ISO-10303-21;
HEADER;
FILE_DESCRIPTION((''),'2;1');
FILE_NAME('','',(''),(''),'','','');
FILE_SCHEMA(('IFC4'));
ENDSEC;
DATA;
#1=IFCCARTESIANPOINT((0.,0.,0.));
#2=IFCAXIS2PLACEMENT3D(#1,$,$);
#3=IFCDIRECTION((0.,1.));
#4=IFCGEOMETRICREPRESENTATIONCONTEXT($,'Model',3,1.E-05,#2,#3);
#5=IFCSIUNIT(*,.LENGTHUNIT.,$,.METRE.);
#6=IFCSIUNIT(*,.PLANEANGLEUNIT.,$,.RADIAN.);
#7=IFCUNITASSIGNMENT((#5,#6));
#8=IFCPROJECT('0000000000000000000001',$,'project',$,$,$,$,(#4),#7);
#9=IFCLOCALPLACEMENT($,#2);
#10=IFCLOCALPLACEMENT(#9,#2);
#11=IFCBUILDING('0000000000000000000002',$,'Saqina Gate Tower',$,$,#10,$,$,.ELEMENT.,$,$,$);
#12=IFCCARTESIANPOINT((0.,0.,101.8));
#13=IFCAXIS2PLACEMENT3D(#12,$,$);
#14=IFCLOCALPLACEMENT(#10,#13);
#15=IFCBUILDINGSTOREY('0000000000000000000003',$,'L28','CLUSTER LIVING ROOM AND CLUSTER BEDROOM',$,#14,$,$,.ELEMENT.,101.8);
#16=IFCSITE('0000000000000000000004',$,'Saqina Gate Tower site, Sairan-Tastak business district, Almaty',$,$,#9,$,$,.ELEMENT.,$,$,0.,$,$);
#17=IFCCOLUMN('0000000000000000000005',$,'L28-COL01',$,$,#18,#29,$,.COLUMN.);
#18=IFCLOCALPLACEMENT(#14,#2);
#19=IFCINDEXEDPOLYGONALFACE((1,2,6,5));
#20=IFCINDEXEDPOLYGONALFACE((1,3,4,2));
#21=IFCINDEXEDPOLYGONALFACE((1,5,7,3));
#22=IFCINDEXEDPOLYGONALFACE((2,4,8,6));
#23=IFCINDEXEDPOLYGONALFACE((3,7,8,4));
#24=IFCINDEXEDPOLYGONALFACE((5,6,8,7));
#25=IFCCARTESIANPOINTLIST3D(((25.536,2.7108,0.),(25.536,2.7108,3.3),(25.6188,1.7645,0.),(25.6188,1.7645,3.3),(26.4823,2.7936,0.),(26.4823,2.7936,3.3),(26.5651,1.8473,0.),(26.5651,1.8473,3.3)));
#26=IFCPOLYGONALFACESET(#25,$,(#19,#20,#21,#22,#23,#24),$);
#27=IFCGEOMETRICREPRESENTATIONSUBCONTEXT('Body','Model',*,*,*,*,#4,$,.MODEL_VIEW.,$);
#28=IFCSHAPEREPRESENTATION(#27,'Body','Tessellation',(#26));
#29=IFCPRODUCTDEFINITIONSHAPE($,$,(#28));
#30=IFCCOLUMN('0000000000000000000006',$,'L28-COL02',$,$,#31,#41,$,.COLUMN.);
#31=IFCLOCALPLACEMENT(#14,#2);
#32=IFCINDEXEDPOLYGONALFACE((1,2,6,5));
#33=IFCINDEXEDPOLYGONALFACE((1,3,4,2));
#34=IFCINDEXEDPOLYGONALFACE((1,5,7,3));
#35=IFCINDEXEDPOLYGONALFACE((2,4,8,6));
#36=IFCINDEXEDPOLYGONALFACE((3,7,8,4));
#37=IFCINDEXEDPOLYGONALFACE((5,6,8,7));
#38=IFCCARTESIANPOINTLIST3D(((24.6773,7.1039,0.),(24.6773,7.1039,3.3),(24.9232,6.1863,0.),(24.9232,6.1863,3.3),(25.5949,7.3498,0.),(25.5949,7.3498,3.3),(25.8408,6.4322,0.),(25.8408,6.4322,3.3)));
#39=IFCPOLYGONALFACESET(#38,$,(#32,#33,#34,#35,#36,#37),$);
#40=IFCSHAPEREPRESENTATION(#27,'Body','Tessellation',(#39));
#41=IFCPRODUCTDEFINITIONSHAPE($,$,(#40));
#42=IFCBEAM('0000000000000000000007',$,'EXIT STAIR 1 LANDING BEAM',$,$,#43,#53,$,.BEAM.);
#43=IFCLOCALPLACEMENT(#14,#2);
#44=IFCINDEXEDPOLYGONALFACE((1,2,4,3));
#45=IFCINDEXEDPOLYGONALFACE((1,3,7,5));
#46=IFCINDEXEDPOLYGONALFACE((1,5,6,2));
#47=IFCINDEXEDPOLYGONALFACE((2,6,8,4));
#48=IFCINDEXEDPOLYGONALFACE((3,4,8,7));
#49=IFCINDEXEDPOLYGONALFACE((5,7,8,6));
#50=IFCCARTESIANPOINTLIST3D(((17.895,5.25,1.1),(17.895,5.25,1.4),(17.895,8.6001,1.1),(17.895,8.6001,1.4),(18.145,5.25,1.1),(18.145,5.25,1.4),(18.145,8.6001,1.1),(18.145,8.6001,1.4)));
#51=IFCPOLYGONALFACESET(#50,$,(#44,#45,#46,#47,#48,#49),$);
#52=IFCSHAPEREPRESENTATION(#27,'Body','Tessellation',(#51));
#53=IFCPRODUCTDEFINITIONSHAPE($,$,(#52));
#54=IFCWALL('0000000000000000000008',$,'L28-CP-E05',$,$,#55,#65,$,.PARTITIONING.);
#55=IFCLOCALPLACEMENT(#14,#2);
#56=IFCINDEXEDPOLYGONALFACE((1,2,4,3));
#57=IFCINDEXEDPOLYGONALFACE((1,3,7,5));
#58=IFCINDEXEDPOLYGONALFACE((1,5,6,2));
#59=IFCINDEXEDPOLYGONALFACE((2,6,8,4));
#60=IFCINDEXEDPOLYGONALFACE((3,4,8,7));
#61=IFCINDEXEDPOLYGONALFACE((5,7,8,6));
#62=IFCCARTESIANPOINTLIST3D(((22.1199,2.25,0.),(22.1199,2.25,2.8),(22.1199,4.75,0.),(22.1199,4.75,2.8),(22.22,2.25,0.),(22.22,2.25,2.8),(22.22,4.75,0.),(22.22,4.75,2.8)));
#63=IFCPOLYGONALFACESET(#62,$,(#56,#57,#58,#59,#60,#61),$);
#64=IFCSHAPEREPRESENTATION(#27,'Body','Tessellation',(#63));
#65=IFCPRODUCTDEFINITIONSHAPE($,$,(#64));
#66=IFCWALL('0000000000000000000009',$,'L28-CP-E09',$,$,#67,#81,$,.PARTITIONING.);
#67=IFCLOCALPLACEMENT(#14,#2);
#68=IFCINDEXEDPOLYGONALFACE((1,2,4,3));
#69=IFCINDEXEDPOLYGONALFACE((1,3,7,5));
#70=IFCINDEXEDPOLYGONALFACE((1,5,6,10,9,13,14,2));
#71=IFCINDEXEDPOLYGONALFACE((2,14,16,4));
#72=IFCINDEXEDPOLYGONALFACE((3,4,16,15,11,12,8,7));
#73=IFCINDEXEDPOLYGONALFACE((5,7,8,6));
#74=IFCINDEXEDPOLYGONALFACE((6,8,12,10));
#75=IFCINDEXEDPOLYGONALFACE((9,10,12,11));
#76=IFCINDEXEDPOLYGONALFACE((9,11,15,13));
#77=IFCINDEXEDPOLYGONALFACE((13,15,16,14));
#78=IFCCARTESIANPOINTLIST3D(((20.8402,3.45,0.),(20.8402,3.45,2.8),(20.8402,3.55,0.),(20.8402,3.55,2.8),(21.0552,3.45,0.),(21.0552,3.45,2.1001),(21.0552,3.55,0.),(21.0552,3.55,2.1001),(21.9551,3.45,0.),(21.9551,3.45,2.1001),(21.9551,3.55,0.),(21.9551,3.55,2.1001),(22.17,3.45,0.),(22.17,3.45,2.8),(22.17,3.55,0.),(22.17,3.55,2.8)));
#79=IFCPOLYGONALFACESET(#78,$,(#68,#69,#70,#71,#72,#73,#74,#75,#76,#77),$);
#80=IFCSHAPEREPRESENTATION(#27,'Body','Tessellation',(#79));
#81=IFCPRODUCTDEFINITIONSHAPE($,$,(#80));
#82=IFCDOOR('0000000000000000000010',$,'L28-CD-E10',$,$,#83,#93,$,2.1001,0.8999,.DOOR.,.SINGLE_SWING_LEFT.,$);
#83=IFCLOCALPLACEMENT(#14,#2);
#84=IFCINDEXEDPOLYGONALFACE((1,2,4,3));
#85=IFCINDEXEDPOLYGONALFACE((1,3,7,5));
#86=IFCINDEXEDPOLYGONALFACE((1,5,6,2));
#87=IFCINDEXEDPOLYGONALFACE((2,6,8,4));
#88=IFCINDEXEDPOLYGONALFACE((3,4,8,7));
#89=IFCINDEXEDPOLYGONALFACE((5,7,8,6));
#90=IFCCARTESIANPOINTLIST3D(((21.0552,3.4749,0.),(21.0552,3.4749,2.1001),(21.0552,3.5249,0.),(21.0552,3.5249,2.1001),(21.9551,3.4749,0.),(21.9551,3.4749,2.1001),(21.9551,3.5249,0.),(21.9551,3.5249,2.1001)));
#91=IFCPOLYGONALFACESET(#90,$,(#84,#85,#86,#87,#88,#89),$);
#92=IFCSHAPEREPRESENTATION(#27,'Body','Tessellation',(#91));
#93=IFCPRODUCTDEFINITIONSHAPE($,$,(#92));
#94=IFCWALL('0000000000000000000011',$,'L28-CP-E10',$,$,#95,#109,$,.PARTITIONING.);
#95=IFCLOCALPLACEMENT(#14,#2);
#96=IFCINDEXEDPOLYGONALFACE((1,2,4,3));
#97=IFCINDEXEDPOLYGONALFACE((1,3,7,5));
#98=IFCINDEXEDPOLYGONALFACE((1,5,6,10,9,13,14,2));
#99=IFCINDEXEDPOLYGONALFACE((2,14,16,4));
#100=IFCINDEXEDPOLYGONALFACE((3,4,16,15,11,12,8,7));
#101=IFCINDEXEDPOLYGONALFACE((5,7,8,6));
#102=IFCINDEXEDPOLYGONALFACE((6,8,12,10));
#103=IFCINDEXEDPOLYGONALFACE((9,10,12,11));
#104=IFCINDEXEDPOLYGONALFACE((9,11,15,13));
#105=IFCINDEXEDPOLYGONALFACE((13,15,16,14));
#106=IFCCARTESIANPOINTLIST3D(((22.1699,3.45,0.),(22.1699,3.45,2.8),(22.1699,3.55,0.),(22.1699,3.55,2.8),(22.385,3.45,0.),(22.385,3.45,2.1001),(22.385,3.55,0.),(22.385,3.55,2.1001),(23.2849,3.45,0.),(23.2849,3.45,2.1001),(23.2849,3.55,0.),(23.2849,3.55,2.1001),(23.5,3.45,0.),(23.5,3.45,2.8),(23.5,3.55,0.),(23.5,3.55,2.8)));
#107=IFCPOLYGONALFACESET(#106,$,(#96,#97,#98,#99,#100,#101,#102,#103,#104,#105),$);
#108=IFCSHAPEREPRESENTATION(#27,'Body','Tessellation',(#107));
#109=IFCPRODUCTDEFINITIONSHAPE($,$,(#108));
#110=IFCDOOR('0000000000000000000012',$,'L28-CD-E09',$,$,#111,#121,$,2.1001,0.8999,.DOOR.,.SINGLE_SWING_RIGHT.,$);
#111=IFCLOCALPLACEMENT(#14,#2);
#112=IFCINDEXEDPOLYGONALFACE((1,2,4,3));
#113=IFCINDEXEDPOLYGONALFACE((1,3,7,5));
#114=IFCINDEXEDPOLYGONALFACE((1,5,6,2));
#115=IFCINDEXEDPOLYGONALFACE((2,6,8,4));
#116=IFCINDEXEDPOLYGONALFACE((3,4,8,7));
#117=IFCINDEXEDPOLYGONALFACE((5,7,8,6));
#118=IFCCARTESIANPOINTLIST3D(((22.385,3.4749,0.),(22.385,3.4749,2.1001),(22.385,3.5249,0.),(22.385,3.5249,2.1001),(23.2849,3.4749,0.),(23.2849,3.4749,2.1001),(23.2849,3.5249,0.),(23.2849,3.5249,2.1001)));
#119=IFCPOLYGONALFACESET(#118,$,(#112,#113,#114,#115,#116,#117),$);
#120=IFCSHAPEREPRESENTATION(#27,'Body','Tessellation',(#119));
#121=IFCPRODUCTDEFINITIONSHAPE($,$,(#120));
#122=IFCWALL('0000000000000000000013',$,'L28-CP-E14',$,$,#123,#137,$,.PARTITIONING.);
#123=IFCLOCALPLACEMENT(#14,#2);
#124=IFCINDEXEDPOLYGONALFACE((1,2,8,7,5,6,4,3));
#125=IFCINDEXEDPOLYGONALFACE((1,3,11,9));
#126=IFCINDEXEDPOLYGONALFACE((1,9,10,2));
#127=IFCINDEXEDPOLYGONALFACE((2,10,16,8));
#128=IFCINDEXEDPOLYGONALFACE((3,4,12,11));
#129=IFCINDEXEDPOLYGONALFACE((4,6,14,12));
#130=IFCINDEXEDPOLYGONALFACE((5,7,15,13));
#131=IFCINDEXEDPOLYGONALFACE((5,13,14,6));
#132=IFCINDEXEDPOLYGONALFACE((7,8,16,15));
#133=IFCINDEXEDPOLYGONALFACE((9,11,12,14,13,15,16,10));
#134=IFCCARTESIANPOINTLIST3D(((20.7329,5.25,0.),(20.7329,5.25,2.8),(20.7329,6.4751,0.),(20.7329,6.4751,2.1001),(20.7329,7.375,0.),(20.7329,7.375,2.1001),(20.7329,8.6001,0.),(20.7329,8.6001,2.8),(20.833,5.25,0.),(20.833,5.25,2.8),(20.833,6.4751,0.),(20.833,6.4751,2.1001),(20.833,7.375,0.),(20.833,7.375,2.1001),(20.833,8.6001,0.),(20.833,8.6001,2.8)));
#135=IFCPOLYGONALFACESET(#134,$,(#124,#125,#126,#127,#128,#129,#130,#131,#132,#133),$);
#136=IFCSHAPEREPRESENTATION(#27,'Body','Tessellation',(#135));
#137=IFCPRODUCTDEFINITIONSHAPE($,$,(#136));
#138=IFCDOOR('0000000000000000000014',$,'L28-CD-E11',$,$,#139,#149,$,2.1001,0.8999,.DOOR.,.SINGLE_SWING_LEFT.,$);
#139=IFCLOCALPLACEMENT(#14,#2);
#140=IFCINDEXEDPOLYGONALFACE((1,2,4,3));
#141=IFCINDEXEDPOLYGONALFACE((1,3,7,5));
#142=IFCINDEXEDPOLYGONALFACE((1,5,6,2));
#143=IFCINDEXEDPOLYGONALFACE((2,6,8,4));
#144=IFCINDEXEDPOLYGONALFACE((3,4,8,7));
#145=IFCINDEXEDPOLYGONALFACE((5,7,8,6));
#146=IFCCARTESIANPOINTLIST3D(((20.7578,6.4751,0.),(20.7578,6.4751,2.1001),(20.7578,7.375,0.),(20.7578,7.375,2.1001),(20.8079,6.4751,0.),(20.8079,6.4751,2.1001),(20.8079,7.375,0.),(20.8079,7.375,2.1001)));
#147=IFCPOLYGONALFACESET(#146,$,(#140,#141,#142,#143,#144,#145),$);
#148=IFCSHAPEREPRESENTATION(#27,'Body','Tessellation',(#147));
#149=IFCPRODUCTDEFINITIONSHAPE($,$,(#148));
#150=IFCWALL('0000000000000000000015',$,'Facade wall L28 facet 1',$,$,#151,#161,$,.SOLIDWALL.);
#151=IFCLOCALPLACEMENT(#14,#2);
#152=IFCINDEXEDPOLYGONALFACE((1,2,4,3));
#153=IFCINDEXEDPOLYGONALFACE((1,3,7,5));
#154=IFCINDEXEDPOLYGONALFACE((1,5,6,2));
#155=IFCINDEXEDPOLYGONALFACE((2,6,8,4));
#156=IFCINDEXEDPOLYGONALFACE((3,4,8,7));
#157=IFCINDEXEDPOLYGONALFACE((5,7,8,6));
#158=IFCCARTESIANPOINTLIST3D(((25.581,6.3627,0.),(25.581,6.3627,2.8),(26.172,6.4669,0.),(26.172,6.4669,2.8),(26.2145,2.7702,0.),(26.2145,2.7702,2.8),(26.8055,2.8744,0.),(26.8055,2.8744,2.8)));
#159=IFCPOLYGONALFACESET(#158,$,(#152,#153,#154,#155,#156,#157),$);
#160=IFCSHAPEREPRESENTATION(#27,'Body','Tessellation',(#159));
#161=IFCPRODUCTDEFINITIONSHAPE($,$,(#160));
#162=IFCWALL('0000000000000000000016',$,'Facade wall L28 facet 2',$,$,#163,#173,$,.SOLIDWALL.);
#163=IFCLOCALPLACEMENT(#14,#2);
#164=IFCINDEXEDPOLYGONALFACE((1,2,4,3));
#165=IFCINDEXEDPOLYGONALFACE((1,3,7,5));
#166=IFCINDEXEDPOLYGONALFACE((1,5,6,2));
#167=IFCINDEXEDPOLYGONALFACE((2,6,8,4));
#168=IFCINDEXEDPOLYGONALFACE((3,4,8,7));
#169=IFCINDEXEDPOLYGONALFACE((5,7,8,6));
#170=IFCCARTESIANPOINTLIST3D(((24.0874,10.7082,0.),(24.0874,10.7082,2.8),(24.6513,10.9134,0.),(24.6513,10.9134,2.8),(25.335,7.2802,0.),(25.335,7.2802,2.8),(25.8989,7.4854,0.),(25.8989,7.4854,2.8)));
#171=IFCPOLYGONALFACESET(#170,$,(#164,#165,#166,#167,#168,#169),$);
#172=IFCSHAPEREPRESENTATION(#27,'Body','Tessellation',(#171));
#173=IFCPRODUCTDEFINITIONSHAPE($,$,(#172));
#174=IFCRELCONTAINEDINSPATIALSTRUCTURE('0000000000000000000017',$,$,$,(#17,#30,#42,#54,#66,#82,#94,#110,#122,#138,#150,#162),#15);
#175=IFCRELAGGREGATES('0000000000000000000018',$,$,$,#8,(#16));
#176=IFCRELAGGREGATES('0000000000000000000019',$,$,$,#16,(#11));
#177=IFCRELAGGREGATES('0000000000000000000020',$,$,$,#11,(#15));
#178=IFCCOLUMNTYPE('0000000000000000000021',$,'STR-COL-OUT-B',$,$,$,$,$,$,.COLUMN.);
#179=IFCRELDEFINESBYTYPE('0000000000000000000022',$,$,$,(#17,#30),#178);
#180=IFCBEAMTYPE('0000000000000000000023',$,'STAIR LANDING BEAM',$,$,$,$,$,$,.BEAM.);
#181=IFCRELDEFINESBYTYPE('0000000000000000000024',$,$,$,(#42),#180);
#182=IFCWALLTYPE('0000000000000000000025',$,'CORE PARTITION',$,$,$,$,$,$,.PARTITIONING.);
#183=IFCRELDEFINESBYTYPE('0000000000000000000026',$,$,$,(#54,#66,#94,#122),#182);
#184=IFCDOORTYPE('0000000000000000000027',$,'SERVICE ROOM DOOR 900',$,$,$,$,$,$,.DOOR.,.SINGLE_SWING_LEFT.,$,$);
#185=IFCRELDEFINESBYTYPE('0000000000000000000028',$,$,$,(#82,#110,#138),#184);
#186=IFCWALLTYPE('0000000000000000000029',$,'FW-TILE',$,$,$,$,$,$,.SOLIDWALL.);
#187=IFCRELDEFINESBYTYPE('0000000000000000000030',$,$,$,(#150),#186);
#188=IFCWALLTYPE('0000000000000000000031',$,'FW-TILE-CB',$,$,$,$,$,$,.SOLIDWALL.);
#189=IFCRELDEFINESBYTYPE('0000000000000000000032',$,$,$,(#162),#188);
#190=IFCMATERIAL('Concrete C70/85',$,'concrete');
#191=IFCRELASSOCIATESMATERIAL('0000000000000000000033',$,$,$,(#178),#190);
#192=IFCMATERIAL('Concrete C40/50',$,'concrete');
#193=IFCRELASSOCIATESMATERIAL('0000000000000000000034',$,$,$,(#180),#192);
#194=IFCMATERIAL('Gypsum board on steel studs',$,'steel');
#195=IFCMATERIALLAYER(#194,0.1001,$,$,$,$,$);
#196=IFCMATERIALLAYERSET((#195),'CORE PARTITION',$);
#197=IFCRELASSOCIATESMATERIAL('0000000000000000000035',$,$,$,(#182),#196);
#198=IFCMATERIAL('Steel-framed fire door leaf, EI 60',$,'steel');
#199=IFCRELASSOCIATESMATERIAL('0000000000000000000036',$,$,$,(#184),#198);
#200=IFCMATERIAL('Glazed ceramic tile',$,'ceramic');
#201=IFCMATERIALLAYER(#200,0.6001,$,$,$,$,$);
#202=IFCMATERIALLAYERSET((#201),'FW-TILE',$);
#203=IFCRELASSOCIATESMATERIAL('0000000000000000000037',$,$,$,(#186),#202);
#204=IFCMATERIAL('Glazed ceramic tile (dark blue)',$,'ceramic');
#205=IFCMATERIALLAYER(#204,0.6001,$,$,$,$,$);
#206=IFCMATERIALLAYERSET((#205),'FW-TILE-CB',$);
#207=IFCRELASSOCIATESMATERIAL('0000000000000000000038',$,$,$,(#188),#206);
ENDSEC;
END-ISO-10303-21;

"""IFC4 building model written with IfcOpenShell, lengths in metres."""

from ifc_helpers import new_model, si_unit, direction, frame, frame_2d, origin, origin_2d, place, context, subcontext, project, spatial, rectangle, extrude, material, layer, layer_set, material_profile, profile_set, type_object, element, fill, save


model = new_model("IFC4")

# Units and contexts
model_context = context("Model", 3, precision=1e-05, world=origin(), true_north=direction((0.0, 1.0)))
body_context = subcontext(model_context, "Body", "Model", "MODEL_VIEW")
ifc_project = project(units=[si_unit("LENGTHUNIT", "METRE"), si_unit("PLANEANGLEUNIT", "RADIAN")], contexts=[model_context])

# Site, building, storey
site_placement = place(None, origin())
site = spatial("IfcSite", under=ifc_project, at=site_placement, Name="Saqina Gate Tower site, Sairan-Tastak business district, Almaty", CompositionType="ELEMENT", RefElevation=0.0)
building_placement = place(site_placement, origin())
building = spatial("IfcBuilding", under=site, at=building_placement, Name="Saqina Gate Tower", CompositionType="ELEMENT")
storey_placement = place(building_placement, frame((0.0, 0.0, 101.8)))
storey = spatial("IfcBuildingStorey", under=building, at=storey_placement, Name="L28", Description="CLUSTER LIVING ROOM AND CLUSTER BEDROOM", CompositionType="ELEMENT", Elevation=101.8)

# Columns
ifc_material_1 = material(Name="Concrete C70/85", Category="concrete")
ifc_material_profile_1 = material_profile(ifc_material_1, rectangle(XDim=0.95, YDim=0.95, at=origin_2d()), Name="RC 950x950")
ifc_profile_set_1 = profile_set([ifc_material_profile_1], Name="Concrete C70/85")
column_type = type_object("IfcColumnType", Name="STR-COL-OUT-B", PredefinedType="COLUMN", material=ifc_profile_set_1)
for number, where, z_axis, x_axis, name in (
    (1, (26.0505, 2.2791, 0.0), (0.0, 0.0, 1.0), (0.996195, 0.087156, 0.0), "L28-COL01"),
    (2, (25.259, 6.7681, 0.0), (0.0, 0.0, 1.0), (0.965926, 0.258819, 0.0), "L28-COL02"),
):
    element("IfcColumn", number, at=place(storey_placement, frame(where, z_axis=z_axis, x_axis=x_axis)), inside=storey, type_object=column_type, Name=name, PredefinedType="COLUMN", context=body_context, shape_type="SweptSolid", body=[
        extrude(rectangle(XDim=0.95, YDim=0.95, at=origin_2d()), origin(), (0.0, 0.0, 1.0), 3.3),
    ])

# Beam
ifc_material_2 = material(Name="Concrete C40/50", Category="concrete")
ifc_material_profile_2 = material_profile(ifc_material_2, rectangle(XDim=0.25, YDim=0.3, at=origin_2d()), Name="STAIR LANDING BEAM")
ifc_profile_set_2 = profile_set([ifc_material_profile_2], Name="Concrete C40/50")
beam_type = type_object("IfcBeamType", Name="STAIR LANDING BEAM", PredefinedType="BEAM", material=ifc_profile_set_2)
beam_placement = place(storey_placement, frame((18.02, 5.25, 1.25), z_axis=(0.0, 1.0, 0.0), x_axis=(-1.0, 0.0, 0.0)))
element("IfcBeam", 3, at=beam_placement, inside=storey, type_object=beam_type, Name="EXIT STAIR 1 LANDING BEAM", PredefinedType="BEAM", context=body_context, shape_type="SweptSolid", body=[
    extrude(rectangle(XDim=0.25, YDim=0.3, at=origin_2d()), origin(), (0.0, 0.0, 1.0), 3.3501),
])

# Wall
ifc_material_3 = material(Name="Gypsum board on steel studs", Category="steel")
ifc_layer_1 = layer(ifc_material_3, 0.1001)
ifc_layer_set_1 = layer_set([ifc_layer_1], Name="CORE PARTITION")
wall_type_1 = type_object("IfcWallType", Name="CORE PARTITION", PredefinedType="PARTITIONING", material=ifc_layer_set_1)
wall_1_placement = place(storey_placement, frame((22.1699, 2.25, 0.0), z_axis=(0.0, 0.0, 1.0), x_axis=(0.0, 1.0, 0.0)))
element("IfcWall", 4, at=wall_1_placement, inside=storey, type_object=wall_type_1, Name="L28-CP-E05", PredefinedType="PARTITIONING", context=body_context, shape_type="SweptSolid", body=[
    extrude(rectangle(XDim=2.5, YDim=0.1001, at=frame_2d((1.25, 0.0))), origin(), (0.0, 0.0, 1.0), 2.8),
])

# Walls, openings, doors
wall_2_placement = place(storey_placement, frame((20.8401, 3.5, 0.0), z_axis=(0.0, 0.0, 1.0), x_axis=(1.0, 0.0, 0.0)))
wall_2 = element("IfcWall", 5, at=wall_2_placement, inside=storey, type_object=wall_type_1, Name="L28-CP-E09", PredefinedType="PARTITIONING", context=body_context, shape_type="SweptSolid", body=[
    extrude(rectangle(XDim=1.3298, YDim=0.1001, at=frame_2d((0.665, 0.0))), origin(), (0.0, 0.0, 1.0), 2.8),
])
opening_1_placement = place(wall_2_placement, frame((0.2151, 0.0, 0.0)))
opening_1 = element("IfcOpeningElement", 6, at=opening_1_placement, cuts=wall_2, PredefinedType="OPENING", context=body_context, shape_type="SweptSolid", body=[
    extrude(rectangle(XDim=0.8999, YDim=2.1001, at=frame_2d((0.45, 1.05))), frame((0.0, 0.062, 0.0), z_axis=(0.0, -1.0, 0.0), x_axis=(1.0, 0.0, 0.0)), (0.0, 0.0, 1.0), 0.124),
])
ifc_material_4 = material(Name="Steel-framed fire door leaf, EI 60", Category="steel")
door_type = type_object("IfcDoorType", Name="SERVICE ROOM DOOR 900", OperationType="SINGLE_SWING_LEFT", PredefinedType="DOOR", material=ifc_material_4)
door_1_placement = place(opening_1_placement, origin())
door_1 = element("IfcDoor", 7, at=door_1_placement, inside=storey, type_object=door_type, Name="L28-CD-E10", OperationType="SINGLE_SWING_LEFT", OverallHeight=2.1001, OverallWidth=0.8999, PredefinedType="DOOR", context=body_context, shape_type="SweptSolid", body=[
    extrude(rectangle(XDim=0.8999, YDim=2.1001, at=frame_2d((0.45, 1.05))), frame((0.0, 0.0249, 0.0), z_axis=(0.0, -1.0, 0.0), x_axis=(1.0, 0.0, 0.0)), (0.0, 0.0, 1.0), 0.05),
])
fill(opening_1, door_1)
wall_3_placement = place(storey_placement, frame((22.1699, 3.5, 0.0), z_axis=(0.0, 0.0, 1.0), x_axis=(1.0, 0.0, 0.0)))
wall_3 = element("IfcWall", 8, at=wall_3_placement, inside=storey, type_object=wall_type_1, Name="L28-CP-E10", PredefinedType="PARTITIONING", context=body_context, shape_type="SweptSolid", body=[
    extrude(rectangle(XDim=1.3301, YDim=0.1001, at=frame_2d((0.665, 0.0))), origin(), (0.0, 0.0, 1.0), 2.8),
])
opening_2_placement = place(wall_3_placement, frame((0.2151, 0.0, 0.0)))
opening_2 = element("IfcOpeningElement", 9, at=opening_2_placement, cuts=wall_3, PredefinedType="OPENING", context=body_context, shape_type="SweptSolid", body=[
    extrude(rectangle(XDim=0.8999, YDim=2.1001, at=frame_2d((0.45, 1.05))), frame((0.0, 0.062, 0.0), z_axis=(0.0, -1.0, 0.0), x_axis=(1.0, 0.0, 0.0)), (0.0, 0.0, 1.0), 0.124),
])
door_2_placement = place(opening_2_placement, origin())
door_2 = element("IfcDoor", 10, at=door_2_placement, inside=storey, type_object=door_type, Name="L28-CD-E09", OperationType="SINGLE_SWING_RIGHT", OverallHeight=2.1001, OverallWidth=0.8999, PredefinedType="DOOR", context=body_context, shape_type="SweptSolid", body=[
    extrude(rectangle(XDim=0.8999, YDim=2.1001, at=frame_2d((0.45, 1.05))), frame((0.0, 0.0249, 0.0), z_axis=(0.0, -1.0, 0.0), x_axis=(1.0, 0.0, 0.0)), (0.0, 0.0, 1.0), 0.05),
])
fill(opening_2, door_2)
wall_4_placement = place(storey_placement, frame((20.783, 5.25, 0.0), z_axis=(0.0, 0.0, 1.0), x_axis=(0.0, 1.0, 0.0)))
wall_4 = element("IfcWall", 11, at=wall_4_placement, inside=storey, type_object=wall_type_1, Name="L28-CP-E14", PredefinedType="PARTITIONING", context=body_context, shape_type="SweptSolid", body=[
    extrude(rectangle(XDim=3.3501, YDim=0.1001, at=frame_2d((1.675, 0.0))), origin(), (0.0, 0.0, 1.0), 2.8),
])
opening_3_placement = place(wall_4_placement, frame((1.2251, 0.0, 0.0)))
opening_3 = element("IfcOpeningElement", 12, at=opening_3_placement, cuts=wall_4, PredefinedType="OPENING", context=body_context, shape_type="SweptSolid", body=[
    extrude(rectangle(XDim=0.8999, YDim=2.1001, at=frame_2d((0.45, 1.05))), frame((0.0, 0.062, 0.0), z_axis=(0.0, -1.0, 0.0), x_axis=(1.0, 0.0, 0.0)), (0.0, 0.0, 1.0), 0.124),
])
door_3_placement = place(opening_3_placement, frame((0.8999, 0.0, 0.0), z_axis=(0.0, 0.0, 1.0), x_axis=(-1.0, 0.0, 0.0)))
door_3 = element("IfcDoor", 13, at=door_3_placement, inside=storey, type_object=door_type, Name="L28-CD-E11", OperationType="SINGLE_SWING_LEFT", OverallHeight=2.1001, OverallWidth=0.8999, PredefinedType="DOOR", context=body_context, shape_type="SweptSolid", body=[
    extrude(rectangle(XDim=0.8999, YDim=2.1001, at=frame_2d((0.45, 1.05))), frame((0.0, 0.0249, 0.0), z_axis=(0.0, -1.0, 0.0), x_axis=(1.0, 0.0, 0.0)), (0.0, 0.0, 1.0), 0.05),
])
fill(opening_3, door_3)

# Walls
ifc_material_5 = material(Name="Glazed ceramic tile", Category="ceramic")
ifc_layer_2 = layer(ifc_material_5, 0.6001)
ifc_layer_set_2 = layer_set([ifc_layer_2], Name="FW-TILE")
wall_type_2 = type_object("IfcWallType", Name="FW-TILE", PredefinedType="SOLIDWALL", material=ifc_layer_set_2)
wall_5_placement = place(storey_placement, frame((26.51, 2.8223, 0.0), z_axis=(0.0, 0.0, 1.0), x_axis=(-0.173671, 0.984804, 0.0)))
element("IfcWall", 14, at=wall_5_placement, inside=storey, type_object=wall_type_2, Name="Facade wall L28 facet 1", PredefinedType="SOLIDWALL", context=body_context, shape_type="SweptSolid", body=[
    extrude(rectangle(XDim=3.6479, YDim=0.6001, at=frame_2d((1.824, 0.0))), origin(), (0.0, 0.0, 1.0), 2.8),
])
ifc_material_6 = material(Name="Glazed ceramic tile (dark blue)", Category="ceramic")
ifc_layer_3 = layer(ifc_material_6, 0.6001)
ifc_layer_set_3 = layer_set([ifc_layer_3], Name="FW-TILE-CB")
wall_type_3 = type_object("IfcWallType", Name="FW-TILE-CB", PredefinedType="SOLIDWALL", material=ifc_layer_set_3)
wall_6_placement = place(storey_placement, frame((25.6169, 7.3828, 0.0), z_axis=(0.0, 0.0, 1.0), x_axis=(-0.34199, 0.939704, 0.0)))
element("IfcWall", 15, at=wall_6_placement, inside=storey, type_object=wall_type_3, Name="Facade wall L28 facet 2", PredefinedType="SOLIDWALL", context=body_context, shape_type="SweptSolid", body=[
    extrude(rectangle(XDim=3.6479, YDim=0.6001, at=frame_2d((1.824, 0.0))), origin(), (0.0, 0.0, 1.0), 2.8),
])

save(model, "model.ifc")
